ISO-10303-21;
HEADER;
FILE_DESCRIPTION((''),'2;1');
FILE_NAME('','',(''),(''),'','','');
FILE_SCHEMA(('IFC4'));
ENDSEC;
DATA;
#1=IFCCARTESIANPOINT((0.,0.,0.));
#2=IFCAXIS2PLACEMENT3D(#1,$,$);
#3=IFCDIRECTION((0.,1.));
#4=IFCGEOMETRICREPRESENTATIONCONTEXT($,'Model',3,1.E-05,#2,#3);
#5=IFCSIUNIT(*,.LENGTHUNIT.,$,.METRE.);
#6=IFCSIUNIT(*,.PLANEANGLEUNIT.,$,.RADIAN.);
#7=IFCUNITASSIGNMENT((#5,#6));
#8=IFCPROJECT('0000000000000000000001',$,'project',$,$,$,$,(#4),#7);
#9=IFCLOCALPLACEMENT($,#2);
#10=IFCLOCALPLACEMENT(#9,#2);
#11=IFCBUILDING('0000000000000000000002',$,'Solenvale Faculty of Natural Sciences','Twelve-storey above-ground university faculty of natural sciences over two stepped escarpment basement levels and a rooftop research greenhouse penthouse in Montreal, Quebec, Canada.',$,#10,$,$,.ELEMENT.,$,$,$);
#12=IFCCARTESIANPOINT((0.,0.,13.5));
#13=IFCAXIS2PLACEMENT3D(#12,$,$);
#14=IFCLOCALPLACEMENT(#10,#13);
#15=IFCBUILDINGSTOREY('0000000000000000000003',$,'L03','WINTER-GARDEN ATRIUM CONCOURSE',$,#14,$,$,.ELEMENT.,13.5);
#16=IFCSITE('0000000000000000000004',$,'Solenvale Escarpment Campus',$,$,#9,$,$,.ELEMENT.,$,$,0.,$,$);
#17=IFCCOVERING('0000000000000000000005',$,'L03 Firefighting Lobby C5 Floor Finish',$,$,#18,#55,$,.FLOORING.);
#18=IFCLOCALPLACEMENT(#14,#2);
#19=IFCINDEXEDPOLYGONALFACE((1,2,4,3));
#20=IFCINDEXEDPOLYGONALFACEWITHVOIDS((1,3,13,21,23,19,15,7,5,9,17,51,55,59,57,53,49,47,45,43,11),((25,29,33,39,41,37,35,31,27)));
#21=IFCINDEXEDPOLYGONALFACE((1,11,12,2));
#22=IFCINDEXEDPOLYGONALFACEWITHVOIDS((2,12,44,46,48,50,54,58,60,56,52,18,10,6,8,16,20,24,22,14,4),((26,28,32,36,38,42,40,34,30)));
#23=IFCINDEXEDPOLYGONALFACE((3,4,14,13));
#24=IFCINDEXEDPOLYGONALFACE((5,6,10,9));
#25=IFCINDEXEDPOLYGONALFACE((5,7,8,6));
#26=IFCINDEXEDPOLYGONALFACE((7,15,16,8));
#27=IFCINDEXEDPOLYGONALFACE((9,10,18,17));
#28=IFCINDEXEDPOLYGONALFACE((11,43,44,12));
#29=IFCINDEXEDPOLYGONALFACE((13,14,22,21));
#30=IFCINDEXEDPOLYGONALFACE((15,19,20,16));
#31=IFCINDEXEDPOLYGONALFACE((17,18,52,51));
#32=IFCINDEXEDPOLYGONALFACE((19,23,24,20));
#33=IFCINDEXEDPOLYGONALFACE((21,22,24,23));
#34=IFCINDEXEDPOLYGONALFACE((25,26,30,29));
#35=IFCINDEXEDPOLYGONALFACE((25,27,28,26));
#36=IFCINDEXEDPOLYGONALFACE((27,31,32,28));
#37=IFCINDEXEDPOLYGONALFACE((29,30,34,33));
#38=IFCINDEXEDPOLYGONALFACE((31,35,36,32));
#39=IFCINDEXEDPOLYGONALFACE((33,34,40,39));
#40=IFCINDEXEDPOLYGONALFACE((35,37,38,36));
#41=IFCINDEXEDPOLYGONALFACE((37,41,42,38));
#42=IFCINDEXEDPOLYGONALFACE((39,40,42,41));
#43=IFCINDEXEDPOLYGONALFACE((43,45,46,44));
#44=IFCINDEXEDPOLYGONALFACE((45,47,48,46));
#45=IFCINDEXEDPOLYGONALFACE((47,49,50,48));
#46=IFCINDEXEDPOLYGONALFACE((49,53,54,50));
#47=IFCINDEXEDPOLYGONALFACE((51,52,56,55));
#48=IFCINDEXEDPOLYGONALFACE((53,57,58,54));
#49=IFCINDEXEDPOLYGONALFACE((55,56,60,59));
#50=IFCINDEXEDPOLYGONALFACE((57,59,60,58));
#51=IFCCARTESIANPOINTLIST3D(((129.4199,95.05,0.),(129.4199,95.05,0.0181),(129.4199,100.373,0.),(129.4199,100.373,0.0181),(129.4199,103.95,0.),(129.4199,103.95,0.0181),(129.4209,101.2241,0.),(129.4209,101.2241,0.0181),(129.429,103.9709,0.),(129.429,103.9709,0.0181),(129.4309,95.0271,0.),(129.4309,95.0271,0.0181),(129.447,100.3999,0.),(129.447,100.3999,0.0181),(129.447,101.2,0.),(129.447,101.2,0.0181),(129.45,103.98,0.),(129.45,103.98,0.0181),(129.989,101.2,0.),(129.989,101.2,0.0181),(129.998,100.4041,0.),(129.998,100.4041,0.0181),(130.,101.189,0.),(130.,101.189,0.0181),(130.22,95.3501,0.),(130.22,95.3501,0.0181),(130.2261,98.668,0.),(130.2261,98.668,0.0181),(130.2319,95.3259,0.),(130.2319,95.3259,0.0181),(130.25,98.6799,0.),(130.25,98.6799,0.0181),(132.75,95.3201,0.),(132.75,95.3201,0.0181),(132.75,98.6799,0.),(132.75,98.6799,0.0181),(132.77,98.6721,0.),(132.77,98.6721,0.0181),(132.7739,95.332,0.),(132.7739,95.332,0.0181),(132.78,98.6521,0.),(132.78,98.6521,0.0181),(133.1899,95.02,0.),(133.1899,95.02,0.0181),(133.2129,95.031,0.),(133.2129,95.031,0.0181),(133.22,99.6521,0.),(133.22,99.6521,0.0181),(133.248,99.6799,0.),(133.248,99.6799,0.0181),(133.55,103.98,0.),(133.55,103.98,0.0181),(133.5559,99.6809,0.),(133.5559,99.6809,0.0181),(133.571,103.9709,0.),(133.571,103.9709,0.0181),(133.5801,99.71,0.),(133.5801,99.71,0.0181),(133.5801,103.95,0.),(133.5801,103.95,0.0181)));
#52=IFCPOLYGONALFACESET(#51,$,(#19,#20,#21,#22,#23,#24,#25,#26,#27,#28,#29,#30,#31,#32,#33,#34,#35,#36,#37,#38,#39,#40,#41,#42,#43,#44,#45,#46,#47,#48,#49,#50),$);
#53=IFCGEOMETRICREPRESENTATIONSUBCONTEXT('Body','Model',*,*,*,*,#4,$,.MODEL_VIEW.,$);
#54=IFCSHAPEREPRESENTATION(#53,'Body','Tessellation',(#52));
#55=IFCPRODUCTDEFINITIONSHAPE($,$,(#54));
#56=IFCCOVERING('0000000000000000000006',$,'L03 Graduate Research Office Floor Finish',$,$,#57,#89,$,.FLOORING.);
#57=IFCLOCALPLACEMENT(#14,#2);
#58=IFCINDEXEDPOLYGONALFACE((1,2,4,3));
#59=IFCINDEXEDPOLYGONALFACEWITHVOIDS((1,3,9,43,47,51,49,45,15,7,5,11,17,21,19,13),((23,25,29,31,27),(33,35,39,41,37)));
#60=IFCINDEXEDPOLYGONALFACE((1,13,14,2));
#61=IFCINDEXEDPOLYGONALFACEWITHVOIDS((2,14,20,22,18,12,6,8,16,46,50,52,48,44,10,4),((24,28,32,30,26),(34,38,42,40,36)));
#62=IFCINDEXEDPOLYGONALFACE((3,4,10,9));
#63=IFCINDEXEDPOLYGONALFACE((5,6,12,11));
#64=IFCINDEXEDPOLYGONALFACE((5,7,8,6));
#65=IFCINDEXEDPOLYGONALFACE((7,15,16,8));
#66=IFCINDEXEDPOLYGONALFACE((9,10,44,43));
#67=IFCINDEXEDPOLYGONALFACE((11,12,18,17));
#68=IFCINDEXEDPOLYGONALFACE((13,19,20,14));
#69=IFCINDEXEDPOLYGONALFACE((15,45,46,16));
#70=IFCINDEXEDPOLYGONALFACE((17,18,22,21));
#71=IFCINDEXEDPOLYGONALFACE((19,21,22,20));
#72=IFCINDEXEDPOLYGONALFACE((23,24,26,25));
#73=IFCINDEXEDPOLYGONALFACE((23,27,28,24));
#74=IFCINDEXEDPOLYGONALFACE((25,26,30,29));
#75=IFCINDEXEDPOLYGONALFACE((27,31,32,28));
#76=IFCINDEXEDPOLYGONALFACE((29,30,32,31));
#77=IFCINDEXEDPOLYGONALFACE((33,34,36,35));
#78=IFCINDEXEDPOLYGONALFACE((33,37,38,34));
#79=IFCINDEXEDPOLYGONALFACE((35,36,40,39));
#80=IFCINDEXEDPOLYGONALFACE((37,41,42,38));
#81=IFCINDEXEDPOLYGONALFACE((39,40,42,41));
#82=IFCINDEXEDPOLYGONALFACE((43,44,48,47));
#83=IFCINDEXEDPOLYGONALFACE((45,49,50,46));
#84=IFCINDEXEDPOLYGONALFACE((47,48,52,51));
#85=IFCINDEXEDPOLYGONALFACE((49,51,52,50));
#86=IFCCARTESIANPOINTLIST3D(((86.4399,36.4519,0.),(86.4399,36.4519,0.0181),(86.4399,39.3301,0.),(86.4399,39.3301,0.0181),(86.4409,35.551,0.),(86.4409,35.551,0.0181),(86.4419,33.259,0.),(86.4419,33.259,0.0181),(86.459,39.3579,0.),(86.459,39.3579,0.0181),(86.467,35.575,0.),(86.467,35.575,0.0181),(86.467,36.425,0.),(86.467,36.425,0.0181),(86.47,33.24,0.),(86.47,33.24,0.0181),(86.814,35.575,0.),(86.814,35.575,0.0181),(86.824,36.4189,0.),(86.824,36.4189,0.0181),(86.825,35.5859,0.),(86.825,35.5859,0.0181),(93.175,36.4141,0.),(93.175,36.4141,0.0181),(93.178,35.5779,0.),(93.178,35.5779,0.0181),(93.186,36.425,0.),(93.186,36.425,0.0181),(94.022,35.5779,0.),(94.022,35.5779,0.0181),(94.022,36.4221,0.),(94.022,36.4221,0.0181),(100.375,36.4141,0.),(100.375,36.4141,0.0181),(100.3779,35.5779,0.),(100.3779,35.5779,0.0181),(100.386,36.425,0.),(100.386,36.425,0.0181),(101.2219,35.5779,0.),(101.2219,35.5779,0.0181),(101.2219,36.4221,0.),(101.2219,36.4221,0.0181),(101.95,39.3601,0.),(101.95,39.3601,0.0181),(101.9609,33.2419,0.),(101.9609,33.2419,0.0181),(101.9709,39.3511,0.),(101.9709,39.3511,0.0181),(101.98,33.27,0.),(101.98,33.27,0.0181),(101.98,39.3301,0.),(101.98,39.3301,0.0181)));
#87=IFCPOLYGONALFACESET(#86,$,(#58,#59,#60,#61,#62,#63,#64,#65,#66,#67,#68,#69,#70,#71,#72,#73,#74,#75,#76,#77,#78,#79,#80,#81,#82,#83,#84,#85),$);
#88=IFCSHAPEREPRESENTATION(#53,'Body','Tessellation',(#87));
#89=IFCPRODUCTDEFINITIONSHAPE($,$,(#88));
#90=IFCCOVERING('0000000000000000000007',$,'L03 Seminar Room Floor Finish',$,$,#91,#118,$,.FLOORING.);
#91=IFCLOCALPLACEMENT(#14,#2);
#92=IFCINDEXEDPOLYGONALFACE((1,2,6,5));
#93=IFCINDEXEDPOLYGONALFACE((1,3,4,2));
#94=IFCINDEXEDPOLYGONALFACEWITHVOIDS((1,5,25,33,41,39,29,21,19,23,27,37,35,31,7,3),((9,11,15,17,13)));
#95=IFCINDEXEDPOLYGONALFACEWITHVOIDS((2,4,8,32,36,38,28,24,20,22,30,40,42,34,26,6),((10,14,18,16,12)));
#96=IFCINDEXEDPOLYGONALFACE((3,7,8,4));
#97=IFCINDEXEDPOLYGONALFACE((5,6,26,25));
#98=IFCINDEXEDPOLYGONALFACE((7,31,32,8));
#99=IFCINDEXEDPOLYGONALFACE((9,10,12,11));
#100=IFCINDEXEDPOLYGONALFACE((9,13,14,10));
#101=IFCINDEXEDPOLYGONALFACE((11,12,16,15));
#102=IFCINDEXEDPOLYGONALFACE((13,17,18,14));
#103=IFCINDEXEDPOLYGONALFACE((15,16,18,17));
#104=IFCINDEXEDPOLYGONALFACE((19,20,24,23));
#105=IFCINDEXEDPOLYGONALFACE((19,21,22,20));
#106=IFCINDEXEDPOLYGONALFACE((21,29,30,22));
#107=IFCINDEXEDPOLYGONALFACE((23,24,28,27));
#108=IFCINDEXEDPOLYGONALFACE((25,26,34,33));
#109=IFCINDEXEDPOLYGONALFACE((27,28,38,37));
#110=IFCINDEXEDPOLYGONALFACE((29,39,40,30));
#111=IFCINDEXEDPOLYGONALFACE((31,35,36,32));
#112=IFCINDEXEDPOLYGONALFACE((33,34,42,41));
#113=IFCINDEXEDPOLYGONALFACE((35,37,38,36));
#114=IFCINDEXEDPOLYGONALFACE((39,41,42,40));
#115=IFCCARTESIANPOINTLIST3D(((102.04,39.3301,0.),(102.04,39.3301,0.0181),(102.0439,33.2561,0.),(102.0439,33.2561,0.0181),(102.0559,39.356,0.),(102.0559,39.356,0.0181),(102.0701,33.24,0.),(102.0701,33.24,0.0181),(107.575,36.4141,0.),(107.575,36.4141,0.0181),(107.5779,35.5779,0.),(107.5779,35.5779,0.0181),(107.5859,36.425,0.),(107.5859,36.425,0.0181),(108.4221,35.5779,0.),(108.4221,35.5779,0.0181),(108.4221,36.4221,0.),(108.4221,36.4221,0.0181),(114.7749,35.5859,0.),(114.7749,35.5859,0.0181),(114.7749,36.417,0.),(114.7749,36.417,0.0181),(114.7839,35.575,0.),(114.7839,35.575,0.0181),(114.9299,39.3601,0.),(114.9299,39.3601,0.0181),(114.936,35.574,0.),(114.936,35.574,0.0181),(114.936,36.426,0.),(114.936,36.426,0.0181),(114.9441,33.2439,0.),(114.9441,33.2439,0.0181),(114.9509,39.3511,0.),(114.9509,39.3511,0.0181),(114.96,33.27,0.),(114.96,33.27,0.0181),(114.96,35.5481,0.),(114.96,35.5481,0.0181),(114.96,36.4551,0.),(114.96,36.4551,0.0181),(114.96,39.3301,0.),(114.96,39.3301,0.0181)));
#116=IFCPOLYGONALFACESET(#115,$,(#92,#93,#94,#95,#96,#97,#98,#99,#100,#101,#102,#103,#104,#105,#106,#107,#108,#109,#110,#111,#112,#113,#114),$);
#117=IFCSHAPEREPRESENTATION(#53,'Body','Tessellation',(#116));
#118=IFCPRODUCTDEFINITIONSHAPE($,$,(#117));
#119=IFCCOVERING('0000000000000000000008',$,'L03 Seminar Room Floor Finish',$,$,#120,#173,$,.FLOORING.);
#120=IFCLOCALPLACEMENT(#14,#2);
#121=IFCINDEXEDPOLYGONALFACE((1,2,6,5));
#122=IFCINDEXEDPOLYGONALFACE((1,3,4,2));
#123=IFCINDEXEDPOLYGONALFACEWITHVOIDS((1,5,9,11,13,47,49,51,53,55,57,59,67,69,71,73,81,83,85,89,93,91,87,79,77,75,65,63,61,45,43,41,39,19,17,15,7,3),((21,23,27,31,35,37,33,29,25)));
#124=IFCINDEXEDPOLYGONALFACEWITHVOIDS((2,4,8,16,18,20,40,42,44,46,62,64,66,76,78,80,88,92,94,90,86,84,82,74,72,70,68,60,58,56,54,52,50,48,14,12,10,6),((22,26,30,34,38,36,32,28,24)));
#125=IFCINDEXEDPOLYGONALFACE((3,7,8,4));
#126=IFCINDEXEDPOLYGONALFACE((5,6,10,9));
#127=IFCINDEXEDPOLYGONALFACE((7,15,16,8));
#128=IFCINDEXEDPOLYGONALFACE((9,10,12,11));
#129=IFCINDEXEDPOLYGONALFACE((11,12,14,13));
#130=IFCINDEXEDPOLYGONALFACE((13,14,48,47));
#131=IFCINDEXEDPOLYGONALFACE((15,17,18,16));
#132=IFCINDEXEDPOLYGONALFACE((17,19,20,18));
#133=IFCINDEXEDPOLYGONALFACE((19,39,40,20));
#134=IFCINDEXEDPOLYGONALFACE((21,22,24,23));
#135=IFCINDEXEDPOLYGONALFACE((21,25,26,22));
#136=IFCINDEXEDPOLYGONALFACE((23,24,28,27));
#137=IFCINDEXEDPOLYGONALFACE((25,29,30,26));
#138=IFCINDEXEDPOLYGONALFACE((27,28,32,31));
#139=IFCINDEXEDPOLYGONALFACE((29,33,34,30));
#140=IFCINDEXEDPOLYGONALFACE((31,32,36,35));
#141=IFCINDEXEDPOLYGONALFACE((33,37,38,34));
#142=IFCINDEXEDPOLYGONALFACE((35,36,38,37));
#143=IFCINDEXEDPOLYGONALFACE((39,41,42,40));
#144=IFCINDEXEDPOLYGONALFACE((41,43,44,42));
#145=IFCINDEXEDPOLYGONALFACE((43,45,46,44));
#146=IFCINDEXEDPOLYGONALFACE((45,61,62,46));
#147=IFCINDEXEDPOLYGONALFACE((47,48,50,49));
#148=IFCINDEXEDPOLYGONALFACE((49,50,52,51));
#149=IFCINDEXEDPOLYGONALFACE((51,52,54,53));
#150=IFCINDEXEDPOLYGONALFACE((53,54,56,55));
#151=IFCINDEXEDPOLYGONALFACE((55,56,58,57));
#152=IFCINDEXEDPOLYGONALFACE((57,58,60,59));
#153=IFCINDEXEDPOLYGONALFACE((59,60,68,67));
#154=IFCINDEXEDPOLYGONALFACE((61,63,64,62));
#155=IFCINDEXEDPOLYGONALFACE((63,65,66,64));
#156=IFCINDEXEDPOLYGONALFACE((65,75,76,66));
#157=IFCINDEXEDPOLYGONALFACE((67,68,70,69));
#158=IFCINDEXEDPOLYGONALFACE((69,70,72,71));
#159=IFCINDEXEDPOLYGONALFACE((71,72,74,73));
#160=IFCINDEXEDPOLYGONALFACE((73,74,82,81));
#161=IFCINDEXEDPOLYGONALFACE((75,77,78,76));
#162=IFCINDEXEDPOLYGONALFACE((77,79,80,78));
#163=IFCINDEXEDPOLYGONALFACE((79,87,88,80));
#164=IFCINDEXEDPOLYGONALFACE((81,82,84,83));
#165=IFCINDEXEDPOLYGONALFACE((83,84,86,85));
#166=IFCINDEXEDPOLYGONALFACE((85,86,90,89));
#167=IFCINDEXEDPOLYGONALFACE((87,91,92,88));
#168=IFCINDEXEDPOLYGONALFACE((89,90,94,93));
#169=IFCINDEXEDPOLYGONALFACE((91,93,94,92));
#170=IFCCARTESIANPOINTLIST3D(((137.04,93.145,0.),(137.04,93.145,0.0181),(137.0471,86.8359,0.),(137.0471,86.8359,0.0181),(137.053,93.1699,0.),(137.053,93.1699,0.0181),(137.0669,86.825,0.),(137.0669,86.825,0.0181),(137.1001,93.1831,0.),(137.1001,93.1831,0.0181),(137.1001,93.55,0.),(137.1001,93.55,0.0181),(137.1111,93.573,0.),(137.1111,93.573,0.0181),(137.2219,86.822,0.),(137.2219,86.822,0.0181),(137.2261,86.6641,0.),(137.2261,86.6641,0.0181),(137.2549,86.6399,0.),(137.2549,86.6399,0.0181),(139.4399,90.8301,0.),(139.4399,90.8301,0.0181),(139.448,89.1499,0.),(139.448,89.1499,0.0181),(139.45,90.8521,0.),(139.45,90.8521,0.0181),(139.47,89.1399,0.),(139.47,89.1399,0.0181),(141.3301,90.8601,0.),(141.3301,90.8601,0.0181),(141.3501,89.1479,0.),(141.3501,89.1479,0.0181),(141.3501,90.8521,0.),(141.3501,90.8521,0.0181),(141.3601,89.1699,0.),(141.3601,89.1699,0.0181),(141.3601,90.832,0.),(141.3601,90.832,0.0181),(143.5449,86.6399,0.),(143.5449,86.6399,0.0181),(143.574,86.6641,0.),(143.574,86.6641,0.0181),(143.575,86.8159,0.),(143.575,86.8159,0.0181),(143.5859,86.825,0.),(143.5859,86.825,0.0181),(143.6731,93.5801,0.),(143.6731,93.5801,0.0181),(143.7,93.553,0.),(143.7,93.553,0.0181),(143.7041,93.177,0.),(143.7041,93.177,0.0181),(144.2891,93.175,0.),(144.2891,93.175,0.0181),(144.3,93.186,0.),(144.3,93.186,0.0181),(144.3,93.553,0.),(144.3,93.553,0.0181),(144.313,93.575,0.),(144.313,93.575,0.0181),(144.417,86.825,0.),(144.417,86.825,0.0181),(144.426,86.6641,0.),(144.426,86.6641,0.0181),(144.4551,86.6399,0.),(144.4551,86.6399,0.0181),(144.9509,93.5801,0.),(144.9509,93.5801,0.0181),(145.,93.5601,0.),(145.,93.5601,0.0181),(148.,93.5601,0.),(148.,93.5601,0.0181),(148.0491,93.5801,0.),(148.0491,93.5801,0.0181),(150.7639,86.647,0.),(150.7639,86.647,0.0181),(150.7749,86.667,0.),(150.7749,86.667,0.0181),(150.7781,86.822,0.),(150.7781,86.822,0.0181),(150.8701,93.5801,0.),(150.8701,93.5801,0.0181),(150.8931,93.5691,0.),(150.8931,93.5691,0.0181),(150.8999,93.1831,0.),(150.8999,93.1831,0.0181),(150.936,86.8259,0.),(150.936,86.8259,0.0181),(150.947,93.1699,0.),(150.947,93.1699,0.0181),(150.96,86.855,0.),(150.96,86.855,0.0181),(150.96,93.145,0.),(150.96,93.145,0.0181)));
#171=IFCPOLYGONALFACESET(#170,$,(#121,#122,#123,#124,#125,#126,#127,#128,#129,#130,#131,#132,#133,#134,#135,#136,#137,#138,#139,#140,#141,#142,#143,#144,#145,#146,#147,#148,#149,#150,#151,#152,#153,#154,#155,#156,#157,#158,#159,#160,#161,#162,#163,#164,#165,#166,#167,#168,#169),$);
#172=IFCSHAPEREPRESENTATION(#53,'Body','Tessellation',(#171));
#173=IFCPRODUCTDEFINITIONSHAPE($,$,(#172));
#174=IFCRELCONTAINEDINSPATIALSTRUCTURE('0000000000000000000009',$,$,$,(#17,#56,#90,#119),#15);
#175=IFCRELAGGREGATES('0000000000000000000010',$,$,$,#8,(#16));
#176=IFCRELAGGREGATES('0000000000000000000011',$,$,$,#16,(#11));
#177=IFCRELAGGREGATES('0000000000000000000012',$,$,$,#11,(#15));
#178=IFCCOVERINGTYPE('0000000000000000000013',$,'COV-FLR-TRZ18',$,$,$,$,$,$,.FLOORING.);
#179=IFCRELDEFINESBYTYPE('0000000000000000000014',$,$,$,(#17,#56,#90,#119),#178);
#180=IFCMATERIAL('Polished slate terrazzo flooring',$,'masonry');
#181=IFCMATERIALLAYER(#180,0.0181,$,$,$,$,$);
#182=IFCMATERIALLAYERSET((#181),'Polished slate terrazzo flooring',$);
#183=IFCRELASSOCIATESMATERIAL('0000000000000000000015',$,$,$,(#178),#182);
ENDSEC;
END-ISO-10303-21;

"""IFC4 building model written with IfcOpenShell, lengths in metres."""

from ifc_helpers import new_model, si_unit, direction, frame, origin, place, context, subcontext, project, spatial, polyline, outline, extrude, material, layer, layer_set, type_object, element, save


model = new_model("IFC4")

# Units and contexts
model_context = context("Model", 3, precision=1e-05, world=origin(), true_north=direction((0.0, 1.0)))
body_context = subcontext(model_context, "Body", "Model", "MODEL_VIEW")
ifc_project = project(units=[si_unit("LENGTHUNIT", "METRE"), si_unit("PLANEANGLEUNIT", "RADIAN")], contexts=[model_context])

# Site, building, storey
site_placement = place(None, origin())
site = spatial("IfcSite", under=ifc_project, at=site_placement, Name="Solenvale Escarpment Campus", CompositionType="ELEMENT", RefElevation=0.0)
building_placement = place(site_placement, origin())
building = spatial("IfcBuilding", under=site, at=building_placement, Name="Solenvale Faculty of Natural Sciences", Description="Twelve-storey above-ground university faculty of natural sciences over two stepped escarpment basement levels and a rooftop research greenhouse penthouse in Montreal, Quebec, Canada.", CompositionType="ELEMENT")
storey_placement = place(building_placement, frame((0.0, 0.0, 13.5)))
storey = spatial("IfcBuildingStorey", under=building, at=storey_placement, Name="L03", Description="WINTER-GARDEN ATRIUM CONCOURSE", CompositionType="ELEMENT", Elevation=13.5)

# Coverings
ifc_material_1 = material(Name="Polished slate terrazzo flooring", Category="masonry")
ifc_layer_1 = layer(ifc_material_1, 0.0181)
ifc_layer_set_1 = layer_set([ifc_layer_1], Name="Polished slate terrazzo flooring")
covering_type_1 = type_object("IfcCoveringType", Name="COV-FLR-TRZ18", PredefinedType="FLOORING", material=ifc_layer_set_1)
covering_1_placement = place(storey_placement, origin())
element("IfcCovering", 1, at=covering_1_placement, inside=storey, type_object=covering_type_1, Name="L03 Firefighting Lobby C5 Floor Finish", PredefinedType="FLOORING", context=body_context, shape_type="SweptSolid", body=[
    extrude(outline(polyline([(133.5801, 99.71), (133.5559, 99.6809), (133.248, 99.6799), (133.22, 99.6521), (133.2129, 95.031), (133.1899, 95.02), (129.4309, 95.0271), (129.4199, 95.05), (129.4199, 100.373), (129.447, 100.3999), (129.998, 100.4041), (130.0, 101.189), (129.989, 101.2), (129.447, 101.2), (129.4209, 101.2241), (129.4199, 103.95), (129.429, 103.9709), (129.45, 103.98), (133.55, 103.98), (133.571, 103.9709), (133.5801, 103.95), (133.5801, 99.71)]), holes=[polyline([(132.78, 98.6521), (132.77, 98.6721), (132.75, 98.6799), (130.25, 98.6799), (130.2261, 98.668), (130.22, 95.3501), (130.2319, 95.3259), (132.75, 95.3201), (132.7739, 95.332), (132.78, 98.6521)])]), origin(), (0.0, 0.0, 1.0), 0.0181),
])
covering_2_placement = place(storey_placement, origin())
element("IfcCovering", 2, at=covering_2_placement, inside=storey, type_object=covering_type_1, Name="L03 Graduate Research Office Floor Finish", PredefinedType="FLOORING", context=body_context, shape_type="SweptSolid", body=[
    extrude(outline(polyline([(101.95, 39.3601), (101.9709, 39.3511), (101.98, 39.3301), (101.98, 33.27), (101.9609, 33.2419), (86.47, 33.24), (86.4419, 33.259), (86.4409, 35.551), (86.467, 35.575), (86.814, 35.575), (86.825, 35.5859), (86.824, 36.4189), (86.467, 36.425), (86.4399, 36.4519), (86.4399, 39.3301), (86.459, 39.3579), (101.95, 39.3601)]), holes=[polyline([(100.386, 36.425), (100.375, 36.4141), (100.3779, 35.5779), (101.2219, 35.5779), (101.2219, 36.4221), (100.386, 36.425)]), polyline([(93.186, 36.425), (93.175, 36.4141), (93.178, 35.5779), (94.022, 35.5779), (94.022, 36.4221), (93.186, 36.425)])]), origin(), (0.0, 0.0, 1.0), 0.0181),
])
covering_3_placement = place(storey_placement, origin())
element("IfcCovering", 3, at=covering_3_placement, inside=storey, type_object=covering_type_1, Name="L03 Seminar Room Floor Finish", PredefinedType="FLOORING", context=body_context, shape_type="SweptSolid", body=[
    extrude(outline(polyline([(114.9299, 39.3601), (114.9509, 39.3511), (114.96, 39.3301), (114.96, 36.4551), (114.936, 36.426), (114.7749, 36.417), (114.7749, 35.5859), (114.7839, 35.575), (114.936, 35.574), (114.96, 35.5481), (114.96, 33.27), (114.9441, 33.2439), (102.0701, 33.24), (102.0439, 33.2561), (102.04, 39.3301), (102.0559, 39.356), (114.9299, 39.3601)]), holes=[polyline([(107.5859, 36.425), (107.575, 36.4141), (107.5779, 35.5779), (108.4221, 35.5779), (108.4221, 36.4221), (107.5859, 36.425)])]), origin(), (0.0, 0.0, 1.0), 0.0181),
])
covering_4_placement = place(storey_placement, origin())
element("IfcCovering", 4, at=covering_4_placement, inside=storey, type_object=covering_type_1, Name="L03 Seminar Room Floor Finish", PredefinedType="FLOORING", context=body_context, shape_type="SweptSolid", body=[
    extrude(outline(polyline([(144.9509, 93.5801), (145.0, 93.5601), (148.0, 93.5601), (148.0491, 93.5801), (150.8701, 93.5801), (150.8931, 93.5691), (150.8999, 93.1831), (150.947, 93.1699), (150.96, 93.145), (150.96, 86.855), (150.936, 86.8259), (150.7781, 86.822), (150.7749, 86.667), (150.7639, 86.647), (144.4551, 86.6399), (144.426, 86.6641), (144.417, 86.825), (143.5859, 86.825), (143.575, 86.8159), (143.574, 86.6641), (143.5449, 86.6399), (137.2549, 86.6399), (137.2261, 86.6641), (137.2219, 86.822), (137.0669, 86.825), (137.0471, 86.8359), (137.04, 93.145), (137.053, 93.1699), (137.1001, 93.1831), (137.1001, 93.55), (137.1111, 93.573), (143.6731, 93.5801), (143.7, 93.553), (143.7041, 93.177), (144.2891, 93.175), (144.3, 93.186), (144.3, 93.553), (144.313, 93.575), (144.9509, 93.5801)]), holes=[polyline([(141.3601, 90.832), (141.3501, 90.8521), (141.3301, 90.8601), (139.45, 90.8521), (139.4399, 90.8301), (139.448, 89.1499), (139.47, 89.1399), (141.3501, 89.1479), (141.3601, 89.1699), (141.3601, 90.832)])]), origin(), (0.0, 0.0, 1.0), 0.0181),
])

save(model, "model.ifc")
